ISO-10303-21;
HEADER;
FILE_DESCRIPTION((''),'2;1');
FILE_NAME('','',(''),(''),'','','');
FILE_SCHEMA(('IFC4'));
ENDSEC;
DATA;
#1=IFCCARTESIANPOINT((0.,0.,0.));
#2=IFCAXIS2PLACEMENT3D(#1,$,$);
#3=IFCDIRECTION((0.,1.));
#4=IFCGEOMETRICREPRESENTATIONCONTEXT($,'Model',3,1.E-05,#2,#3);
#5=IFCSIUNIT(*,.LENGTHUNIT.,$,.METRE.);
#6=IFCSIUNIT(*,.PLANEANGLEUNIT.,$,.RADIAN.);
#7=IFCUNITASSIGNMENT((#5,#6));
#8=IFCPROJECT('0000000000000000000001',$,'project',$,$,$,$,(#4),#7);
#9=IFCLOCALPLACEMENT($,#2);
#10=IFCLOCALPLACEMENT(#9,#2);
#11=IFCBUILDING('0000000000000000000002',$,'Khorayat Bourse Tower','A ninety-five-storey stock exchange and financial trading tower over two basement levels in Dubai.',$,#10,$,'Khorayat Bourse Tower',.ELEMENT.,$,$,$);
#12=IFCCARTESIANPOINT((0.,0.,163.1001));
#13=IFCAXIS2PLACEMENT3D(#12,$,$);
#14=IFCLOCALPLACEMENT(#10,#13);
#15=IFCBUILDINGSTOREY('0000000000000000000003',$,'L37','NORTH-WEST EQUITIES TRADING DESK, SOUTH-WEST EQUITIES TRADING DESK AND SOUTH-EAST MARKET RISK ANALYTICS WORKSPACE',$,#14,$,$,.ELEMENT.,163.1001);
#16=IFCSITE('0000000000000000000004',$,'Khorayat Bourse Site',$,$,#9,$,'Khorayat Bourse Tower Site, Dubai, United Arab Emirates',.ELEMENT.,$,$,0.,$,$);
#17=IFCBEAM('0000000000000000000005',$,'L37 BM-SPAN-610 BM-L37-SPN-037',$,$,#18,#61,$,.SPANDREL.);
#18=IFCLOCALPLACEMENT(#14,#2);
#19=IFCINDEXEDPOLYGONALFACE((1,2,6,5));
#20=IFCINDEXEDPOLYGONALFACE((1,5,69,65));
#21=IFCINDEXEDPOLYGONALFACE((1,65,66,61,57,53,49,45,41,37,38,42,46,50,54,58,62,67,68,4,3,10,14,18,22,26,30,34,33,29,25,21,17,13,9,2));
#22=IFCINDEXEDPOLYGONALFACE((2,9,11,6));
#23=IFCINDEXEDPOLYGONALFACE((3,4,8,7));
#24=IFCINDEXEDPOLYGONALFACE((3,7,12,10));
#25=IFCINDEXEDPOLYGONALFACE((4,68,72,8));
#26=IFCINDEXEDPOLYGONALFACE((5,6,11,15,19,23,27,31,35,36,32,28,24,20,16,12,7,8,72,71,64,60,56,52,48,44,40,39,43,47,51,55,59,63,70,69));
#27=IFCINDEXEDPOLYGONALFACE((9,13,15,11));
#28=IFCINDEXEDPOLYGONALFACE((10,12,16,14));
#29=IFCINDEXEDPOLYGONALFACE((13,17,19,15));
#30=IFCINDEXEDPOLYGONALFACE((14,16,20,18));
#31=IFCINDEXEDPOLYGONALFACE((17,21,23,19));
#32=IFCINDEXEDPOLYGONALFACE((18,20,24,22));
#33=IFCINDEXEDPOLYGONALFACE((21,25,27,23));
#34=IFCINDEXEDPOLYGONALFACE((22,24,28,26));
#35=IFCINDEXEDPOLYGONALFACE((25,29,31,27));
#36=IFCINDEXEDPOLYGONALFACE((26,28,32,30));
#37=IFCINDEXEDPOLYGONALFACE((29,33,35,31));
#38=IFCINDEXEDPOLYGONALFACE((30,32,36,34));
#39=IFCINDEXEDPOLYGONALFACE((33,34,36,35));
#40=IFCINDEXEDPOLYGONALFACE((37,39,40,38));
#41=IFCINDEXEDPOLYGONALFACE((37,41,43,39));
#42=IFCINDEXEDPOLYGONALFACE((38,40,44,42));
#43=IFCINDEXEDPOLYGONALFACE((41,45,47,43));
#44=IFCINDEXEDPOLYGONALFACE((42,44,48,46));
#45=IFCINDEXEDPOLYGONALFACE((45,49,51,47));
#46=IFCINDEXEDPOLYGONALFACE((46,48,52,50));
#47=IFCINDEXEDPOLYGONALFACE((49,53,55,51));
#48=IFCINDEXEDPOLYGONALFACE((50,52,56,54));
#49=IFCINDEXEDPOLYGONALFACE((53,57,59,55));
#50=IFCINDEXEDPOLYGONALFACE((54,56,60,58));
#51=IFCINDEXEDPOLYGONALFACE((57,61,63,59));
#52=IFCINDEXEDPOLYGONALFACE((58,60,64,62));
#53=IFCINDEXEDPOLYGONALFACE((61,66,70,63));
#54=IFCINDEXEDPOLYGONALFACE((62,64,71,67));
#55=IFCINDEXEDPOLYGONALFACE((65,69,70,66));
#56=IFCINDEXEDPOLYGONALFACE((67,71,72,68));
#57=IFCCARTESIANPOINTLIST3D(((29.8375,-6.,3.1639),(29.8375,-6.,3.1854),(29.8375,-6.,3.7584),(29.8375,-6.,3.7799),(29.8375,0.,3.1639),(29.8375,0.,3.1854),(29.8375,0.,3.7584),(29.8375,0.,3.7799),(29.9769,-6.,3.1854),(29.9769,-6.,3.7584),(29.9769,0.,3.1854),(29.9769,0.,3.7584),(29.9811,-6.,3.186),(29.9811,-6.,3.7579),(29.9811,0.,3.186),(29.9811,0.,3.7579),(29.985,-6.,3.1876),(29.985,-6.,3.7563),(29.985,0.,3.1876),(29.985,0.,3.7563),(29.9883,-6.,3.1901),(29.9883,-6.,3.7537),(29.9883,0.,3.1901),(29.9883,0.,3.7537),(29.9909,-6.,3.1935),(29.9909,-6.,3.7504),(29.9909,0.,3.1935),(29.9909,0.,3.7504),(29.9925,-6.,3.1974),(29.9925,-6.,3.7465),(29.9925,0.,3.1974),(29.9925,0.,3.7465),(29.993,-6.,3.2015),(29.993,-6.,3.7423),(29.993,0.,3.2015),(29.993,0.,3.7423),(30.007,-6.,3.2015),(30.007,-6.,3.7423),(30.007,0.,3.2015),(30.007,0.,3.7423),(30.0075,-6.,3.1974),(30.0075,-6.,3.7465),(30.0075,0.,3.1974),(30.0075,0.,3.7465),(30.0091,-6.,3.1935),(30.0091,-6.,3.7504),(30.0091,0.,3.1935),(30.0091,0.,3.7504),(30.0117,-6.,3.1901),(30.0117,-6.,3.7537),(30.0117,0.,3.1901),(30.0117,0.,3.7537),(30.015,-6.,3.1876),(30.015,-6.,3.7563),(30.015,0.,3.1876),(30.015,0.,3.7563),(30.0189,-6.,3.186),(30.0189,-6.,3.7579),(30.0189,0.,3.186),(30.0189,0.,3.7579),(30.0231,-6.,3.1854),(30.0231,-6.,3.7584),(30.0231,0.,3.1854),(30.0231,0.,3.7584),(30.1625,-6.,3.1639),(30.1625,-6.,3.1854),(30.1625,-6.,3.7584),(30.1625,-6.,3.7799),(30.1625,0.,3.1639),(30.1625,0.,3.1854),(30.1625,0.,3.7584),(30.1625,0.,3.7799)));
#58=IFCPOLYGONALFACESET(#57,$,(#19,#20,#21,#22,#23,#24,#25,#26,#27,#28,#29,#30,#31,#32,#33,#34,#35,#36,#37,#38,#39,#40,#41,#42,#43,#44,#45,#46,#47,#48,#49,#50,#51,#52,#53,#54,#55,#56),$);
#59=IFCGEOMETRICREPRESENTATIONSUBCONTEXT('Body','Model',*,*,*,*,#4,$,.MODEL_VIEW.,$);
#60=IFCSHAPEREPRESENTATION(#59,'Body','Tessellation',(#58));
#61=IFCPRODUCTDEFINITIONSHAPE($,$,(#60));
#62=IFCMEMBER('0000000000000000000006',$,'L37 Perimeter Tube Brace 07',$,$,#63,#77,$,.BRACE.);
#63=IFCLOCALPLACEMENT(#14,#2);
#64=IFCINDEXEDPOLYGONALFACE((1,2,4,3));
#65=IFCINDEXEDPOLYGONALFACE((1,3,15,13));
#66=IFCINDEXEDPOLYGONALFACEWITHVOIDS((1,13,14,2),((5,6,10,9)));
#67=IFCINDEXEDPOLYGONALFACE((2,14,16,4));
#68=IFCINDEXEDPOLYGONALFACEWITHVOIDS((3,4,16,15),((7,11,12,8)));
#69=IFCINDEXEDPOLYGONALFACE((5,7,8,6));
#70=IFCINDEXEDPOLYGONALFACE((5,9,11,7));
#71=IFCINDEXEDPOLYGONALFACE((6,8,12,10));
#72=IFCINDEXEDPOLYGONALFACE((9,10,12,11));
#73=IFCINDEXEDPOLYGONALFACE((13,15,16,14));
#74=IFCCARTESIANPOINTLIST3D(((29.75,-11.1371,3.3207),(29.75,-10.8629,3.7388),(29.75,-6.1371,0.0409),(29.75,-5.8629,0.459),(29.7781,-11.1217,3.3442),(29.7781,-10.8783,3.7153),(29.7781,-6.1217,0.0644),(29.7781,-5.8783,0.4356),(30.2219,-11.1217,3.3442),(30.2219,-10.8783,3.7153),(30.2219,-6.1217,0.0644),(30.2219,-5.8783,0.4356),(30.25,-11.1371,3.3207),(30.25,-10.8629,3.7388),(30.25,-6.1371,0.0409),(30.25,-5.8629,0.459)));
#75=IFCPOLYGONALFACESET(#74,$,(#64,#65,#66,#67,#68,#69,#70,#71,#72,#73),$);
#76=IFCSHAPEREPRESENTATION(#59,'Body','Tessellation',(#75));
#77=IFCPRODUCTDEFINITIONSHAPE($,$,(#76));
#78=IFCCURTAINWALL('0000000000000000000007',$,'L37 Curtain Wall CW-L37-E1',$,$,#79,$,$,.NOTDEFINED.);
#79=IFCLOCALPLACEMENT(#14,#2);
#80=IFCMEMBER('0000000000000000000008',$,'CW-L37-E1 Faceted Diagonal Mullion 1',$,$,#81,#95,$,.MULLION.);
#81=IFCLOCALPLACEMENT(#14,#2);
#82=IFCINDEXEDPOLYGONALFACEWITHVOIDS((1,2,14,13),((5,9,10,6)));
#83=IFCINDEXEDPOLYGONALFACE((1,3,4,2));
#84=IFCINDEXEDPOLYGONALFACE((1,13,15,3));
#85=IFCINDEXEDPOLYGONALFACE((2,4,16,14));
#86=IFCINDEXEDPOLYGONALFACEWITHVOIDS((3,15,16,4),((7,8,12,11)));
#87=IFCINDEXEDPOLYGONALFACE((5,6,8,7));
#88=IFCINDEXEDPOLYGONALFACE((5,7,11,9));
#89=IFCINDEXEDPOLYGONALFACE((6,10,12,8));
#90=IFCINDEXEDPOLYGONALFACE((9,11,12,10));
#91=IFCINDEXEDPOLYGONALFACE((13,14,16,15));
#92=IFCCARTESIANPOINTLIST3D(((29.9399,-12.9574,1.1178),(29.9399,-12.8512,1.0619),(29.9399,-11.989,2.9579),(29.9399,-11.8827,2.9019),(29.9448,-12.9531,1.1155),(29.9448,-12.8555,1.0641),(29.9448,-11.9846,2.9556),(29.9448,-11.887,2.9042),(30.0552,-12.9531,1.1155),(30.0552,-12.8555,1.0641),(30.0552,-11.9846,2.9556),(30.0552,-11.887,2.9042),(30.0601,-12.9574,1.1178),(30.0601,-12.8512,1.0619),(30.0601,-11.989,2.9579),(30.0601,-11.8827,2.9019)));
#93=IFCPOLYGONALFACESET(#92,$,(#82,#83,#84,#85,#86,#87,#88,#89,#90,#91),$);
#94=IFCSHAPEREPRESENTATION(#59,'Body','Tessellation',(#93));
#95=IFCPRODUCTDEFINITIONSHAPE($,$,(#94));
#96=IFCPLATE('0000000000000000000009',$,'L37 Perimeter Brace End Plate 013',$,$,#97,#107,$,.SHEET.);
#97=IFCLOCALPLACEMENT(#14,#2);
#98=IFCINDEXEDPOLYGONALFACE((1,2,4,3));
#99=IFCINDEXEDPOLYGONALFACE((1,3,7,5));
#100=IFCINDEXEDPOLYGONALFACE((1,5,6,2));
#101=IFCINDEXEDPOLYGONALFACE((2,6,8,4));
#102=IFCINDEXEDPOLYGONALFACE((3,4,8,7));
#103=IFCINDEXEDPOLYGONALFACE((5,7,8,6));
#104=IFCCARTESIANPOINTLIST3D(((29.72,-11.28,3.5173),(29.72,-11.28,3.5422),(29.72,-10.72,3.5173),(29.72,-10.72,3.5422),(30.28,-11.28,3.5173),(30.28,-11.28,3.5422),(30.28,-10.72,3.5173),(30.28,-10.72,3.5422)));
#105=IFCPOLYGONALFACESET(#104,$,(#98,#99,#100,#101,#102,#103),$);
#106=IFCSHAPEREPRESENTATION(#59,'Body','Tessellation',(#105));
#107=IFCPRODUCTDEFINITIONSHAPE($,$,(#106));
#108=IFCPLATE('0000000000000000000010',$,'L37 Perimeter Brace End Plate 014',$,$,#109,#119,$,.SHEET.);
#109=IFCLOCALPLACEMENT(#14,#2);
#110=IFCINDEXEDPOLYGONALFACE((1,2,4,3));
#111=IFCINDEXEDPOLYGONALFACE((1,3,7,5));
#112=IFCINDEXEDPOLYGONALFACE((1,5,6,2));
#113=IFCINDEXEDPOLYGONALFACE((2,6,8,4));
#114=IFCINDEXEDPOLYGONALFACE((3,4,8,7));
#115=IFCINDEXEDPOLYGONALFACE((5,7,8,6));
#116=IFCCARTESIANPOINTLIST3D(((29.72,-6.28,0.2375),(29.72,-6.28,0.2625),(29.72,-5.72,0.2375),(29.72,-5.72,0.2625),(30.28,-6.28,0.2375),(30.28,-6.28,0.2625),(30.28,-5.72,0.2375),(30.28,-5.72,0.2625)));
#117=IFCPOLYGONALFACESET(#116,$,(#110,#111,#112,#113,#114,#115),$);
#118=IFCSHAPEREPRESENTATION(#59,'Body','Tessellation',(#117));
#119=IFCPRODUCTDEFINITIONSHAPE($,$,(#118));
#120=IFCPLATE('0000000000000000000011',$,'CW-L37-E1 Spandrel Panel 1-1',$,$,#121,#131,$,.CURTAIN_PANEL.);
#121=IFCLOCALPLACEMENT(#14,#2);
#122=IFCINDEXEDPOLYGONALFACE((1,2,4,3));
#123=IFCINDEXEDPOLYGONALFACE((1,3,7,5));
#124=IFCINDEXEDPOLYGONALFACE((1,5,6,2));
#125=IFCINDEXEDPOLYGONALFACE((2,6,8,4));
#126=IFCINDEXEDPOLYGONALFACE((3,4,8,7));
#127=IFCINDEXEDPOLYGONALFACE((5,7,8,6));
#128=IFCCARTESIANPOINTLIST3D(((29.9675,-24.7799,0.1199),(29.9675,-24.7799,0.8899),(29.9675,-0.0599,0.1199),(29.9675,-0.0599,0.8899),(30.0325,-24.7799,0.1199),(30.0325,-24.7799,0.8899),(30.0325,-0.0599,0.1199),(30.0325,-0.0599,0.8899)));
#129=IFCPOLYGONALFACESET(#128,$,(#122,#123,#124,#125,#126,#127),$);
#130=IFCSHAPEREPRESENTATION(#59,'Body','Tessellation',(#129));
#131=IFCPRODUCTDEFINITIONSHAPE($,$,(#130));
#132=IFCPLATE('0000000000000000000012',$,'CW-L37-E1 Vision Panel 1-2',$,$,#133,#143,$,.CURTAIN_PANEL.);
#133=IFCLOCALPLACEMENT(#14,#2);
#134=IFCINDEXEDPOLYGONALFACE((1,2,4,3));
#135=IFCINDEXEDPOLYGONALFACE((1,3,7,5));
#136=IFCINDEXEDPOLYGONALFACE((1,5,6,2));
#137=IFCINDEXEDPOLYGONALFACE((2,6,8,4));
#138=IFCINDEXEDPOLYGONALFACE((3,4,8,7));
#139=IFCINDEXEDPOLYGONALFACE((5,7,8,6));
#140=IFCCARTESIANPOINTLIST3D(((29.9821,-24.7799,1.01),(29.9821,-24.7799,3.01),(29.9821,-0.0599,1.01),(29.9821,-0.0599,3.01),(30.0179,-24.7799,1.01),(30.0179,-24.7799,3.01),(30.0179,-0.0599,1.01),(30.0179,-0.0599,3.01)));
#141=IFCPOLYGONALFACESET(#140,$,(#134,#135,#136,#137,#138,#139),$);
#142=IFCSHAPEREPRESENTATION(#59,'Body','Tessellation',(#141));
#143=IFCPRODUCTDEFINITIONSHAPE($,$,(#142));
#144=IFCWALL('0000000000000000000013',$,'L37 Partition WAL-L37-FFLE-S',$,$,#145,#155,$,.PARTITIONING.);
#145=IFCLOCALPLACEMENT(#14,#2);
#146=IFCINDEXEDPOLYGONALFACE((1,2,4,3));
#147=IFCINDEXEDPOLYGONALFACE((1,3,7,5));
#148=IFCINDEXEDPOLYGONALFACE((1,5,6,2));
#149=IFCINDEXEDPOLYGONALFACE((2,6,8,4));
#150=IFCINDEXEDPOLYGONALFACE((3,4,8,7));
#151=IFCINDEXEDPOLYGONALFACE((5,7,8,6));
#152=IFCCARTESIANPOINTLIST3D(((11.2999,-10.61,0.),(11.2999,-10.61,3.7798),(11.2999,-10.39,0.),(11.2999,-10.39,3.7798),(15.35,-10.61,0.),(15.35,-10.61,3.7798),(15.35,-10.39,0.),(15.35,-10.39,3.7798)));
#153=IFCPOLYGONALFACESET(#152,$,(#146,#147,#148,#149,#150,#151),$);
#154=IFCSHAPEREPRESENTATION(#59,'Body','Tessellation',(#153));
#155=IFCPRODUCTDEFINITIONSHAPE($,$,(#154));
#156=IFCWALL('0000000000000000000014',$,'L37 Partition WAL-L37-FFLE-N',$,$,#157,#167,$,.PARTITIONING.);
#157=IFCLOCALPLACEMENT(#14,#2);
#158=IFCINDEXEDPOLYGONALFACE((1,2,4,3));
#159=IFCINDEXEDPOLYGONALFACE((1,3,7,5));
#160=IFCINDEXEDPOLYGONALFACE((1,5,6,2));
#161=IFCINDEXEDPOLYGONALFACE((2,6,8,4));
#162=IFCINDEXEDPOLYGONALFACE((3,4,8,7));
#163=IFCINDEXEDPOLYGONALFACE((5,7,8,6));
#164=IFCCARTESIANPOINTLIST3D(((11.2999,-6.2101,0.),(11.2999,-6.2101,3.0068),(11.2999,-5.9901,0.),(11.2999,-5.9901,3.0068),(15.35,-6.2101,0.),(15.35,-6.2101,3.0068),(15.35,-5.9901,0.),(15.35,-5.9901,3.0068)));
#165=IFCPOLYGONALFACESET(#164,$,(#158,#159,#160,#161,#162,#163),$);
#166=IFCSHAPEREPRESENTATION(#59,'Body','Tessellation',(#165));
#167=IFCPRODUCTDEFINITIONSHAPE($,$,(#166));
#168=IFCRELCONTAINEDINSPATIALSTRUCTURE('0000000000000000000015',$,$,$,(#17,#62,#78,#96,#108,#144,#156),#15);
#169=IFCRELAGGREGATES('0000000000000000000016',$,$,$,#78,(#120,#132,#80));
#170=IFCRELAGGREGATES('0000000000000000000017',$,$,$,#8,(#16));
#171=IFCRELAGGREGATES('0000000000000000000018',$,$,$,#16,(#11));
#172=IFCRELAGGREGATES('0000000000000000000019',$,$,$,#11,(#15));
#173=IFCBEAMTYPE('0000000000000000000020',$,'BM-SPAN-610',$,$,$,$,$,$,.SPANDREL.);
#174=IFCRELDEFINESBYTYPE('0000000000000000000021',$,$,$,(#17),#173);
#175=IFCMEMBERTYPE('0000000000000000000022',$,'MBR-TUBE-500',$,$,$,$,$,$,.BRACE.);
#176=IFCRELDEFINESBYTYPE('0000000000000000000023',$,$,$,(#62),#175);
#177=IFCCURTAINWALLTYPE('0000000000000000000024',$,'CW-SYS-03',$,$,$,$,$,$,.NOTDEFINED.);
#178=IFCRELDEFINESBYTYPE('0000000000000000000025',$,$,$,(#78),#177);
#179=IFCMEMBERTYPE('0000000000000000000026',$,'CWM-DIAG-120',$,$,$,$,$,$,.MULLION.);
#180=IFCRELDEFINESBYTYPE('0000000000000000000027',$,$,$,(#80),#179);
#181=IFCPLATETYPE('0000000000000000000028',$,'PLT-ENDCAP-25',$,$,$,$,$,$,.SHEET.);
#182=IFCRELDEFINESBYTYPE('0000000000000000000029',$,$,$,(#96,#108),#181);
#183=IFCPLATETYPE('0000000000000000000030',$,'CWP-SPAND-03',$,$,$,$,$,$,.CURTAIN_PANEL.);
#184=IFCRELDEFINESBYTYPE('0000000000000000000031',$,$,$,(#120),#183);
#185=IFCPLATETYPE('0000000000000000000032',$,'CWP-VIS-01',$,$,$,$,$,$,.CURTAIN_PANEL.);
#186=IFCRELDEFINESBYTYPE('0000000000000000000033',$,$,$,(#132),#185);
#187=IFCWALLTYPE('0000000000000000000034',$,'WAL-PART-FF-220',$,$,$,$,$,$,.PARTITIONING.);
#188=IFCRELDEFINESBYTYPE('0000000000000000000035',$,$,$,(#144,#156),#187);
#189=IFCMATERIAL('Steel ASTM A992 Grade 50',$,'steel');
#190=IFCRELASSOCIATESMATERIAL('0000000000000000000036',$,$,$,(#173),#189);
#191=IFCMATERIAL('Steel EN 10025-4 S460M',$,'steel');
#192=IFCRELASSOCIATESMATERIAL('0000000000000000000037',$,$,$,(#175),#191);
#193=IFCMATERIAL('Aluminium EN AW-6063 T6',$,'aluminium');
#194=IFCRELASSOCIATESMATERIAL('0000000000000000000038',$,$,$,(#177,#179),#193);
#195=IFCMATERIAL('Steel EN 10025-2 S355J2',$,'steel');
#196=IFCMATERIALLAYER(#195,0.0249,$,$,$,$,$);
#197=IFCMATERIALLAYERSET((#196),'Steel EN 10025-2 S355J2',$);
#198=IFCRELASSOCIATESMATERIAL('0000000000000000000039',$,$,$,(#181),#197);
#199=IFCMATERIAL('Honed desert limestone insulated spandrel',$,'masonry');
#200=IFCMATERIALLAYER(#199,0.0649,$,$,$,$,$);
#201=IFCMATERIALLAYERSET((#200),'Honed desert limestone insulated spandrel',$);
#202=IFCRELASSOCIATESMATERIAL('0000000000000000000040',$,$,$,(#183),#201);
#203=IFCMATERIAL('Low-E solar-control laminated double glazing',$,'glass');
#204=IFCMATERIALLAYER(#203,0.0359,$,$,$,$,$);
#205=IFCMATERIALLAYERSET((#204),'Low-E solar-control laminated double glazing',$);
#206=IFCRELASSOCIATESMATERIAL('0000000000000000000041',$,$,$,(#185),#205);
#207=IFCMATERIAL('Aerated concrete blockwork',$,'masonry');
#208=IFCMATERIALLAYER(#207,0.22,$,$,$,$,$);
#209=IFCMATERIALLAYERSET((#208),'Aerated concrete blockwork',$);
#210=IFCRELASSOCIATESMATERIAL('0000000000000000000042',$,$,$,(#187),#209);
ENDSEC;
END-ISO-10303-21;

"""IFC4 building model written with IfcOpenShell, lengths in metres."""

from ifc_helpers import new_model, si_unit, direction, frame, frame_2d, origin, origin_2d, place, context, subcontext, project, spatial, rectangle, hollow_rectangle, i_section, extrude, source, transform, mapped, material, layer, layer_set, material_profile, profile_set, type_object, element, aggregate, save


model = new_model("IFC4")

# Units and contexts
model_context = context("Model", 3, precision=1e-05, world=origin(), true_north=direction((0.0, 1.0)))
body_context = subcontext(model_context, "Body", "Model", "MODEL_VIEW")
ifc_project = project(units=[si_unit("LENGTHUNIT", "METRE"), si_unit("PLANEANGLEUNIT", "RADIAN")], contexts=[model_context])

# Site, building, storey
site_placement = place(None, origin())
site = spatial("IfcSite", under=ifc_project, at=site_placement, Name="Khorayat Bourse Site", LongName="Khorayat Bourse Tower Site, Dubai, United Arab Emirates", CompositionType="ELEMENT", RefElevation=0.0)
building_placement = place(site_placement, origin())
building = spatial("IfcBuilding", under=site, at=building_placement, Name="Khorayat Bourse Tower", Description="A ninety-five-storey stock exchange and financial trading tower over two basement levels in Dubai.", LongName="Khorayat Bourse Tower", CompositionType="ELEMENT")
storey_placement = place(building_placement, frame((0.0, 0.0, 163.1001)))
storey = spatial("IfcBuildingStorey", under=building, at=storey_placement, Name="L37", Description="NORTH-WEST EQUITIES TRADING DESK, SOUTH-WEST EQUITIES TRADING DESK AND SOUTH-EAST MARKET RISK ANALYTICS WORKSPACE", CompositionType="ELEMENT", Elevation=163.1001)

# Shared definitions
ifc_material_1 = material(Name="Steel EN 10025-4 S460M", Category="steel")

# Beam
ifc_material_2 = material(Name="Steel ASTM A992 Grade 50", Category="steel")
ifc_material_profile_1 = material_profile(ifc_material_2, i_section(OverallWidth=0.325, OverallDepth=0.616, WebThickness=0.0139, FlangeThickness=0.0215, FilletRadius=0.0161, at=origin_2d()), Name="W610X174")
ifc_profile_set_1 = profile_set([ifc_material_profile_1], Name="Steel ASTM A992 Grade 50")
beam_type_1 = type_object("IfcBeamType", Name="BM-SPAN-610", PredefinedType="SPANDREL", material=ifc_profile_set_1)
shared_shape_1 = source(origin(), body_context, "Body", "SweptSolid", [
    extrude(i_section(OverallWidth=0.325, OverallDepth=0.616, WebThickness=0.0139, FlangeThickness=0.0215, FilletRadius=0.0161, at=origin_2d()), origin(), (0.0, 0.0, 1.0), 6.0),
])
beam_1_placement = place(storey_placement, frame((30.0, -6.0, 3.4719), z_axis=(0.0, 1.0, 0.0), x_axis=(-1.0, 0.0, 0.0)))
element("IfcBeam", 1, at=beam_1_placement, inside=storey, type_object=beam_type_1, Name="L37 BM-SPAN-610 BM-L37-SPN-037", PredefinedType="SPANDREL", context=body_context, shape_type="MappedRepresentation", body=[
    mapped(shared_shape_1, transform((0.0, 0.0, 0.0), scale=1.0)),
])

# Member
ifc_material_profile_2 = material_profile(ifc_material_1, hollow_rectangle(XDim=0.5, YDim=0.5, WallThickness=0.0281, at=origin_2d()), Name="HSS 500x500x28")
ifc_profile_set_2 = profile_set([ifc_material_profile_2], Name="Steel EN 10025-4 S460M")
member_type_1 = type_object("IfcMemberType", Name="MBR-TUBE-500", PredefinedType="BRACE", material=ifc_profile_set_2)
shared_shape_2 = source(origin(), body_context, "Body", "SweptSolid", [
    extrude(hollow_rectangle(XDim=0.5, YDim=0.5, WallThickness=0.0281, at=origin_2d()), origin(), (0.0, 0.0, 1.0), 5.9797),
])
member_1_placement = place(storey_placement, frame((30.0, -11.0, 3.5298), z_axis=(0.0, 0.83616, -0.548485), x_axis=(-1.0, 0.0, 0.0)))
element("IfcMember", 2, at=member_1_placement, inside=storey, type_object=member_type_1, Name="L37 Perimeter Tube Brace 07", PredefinedType="BRACE", context=body_context, shape_type="MappedRepresentation", body=[
    mapped(shared_shape_2, transform((0.0, 0.0, 0.0), scale=1.0)),
])

# Curtain wall, member
ifc_material_3 = material(Name="Aluminium EN AW-6063 T6", Category="aluminium")
curtain_wall_type = type_object("IfcCurtainWallType", Name="CW-SYS-03", PredefinedType="NOTDEFINED", material=ifc_material_3)
curtain_wall_placement = place(storey_placement, origin())
curtain_wall = element("IfcCurtainWall", 3, at=curtain_wall_placement, inside=storey, type_object=curtain_wall_type, Name="L37 Curtain Wall CW-L37-E1", PredefinedType="NOTDEFINED")
ifc_material_profile_3 = material_profile(ifc_material_3, hollow_rectangle(XDim=0.1201, YDim=0.1201, WallThickness=0.0049, at=origin_2d()), Name="ALU 120x120x5")
ifc_profile_set_3 = profile_set([ifc_material_profile_3], Name="Aluminium EN AW-6063 T6")
member_type_2 = type_object("IfcMemberType", Name="CWM-DIAG-120", PredefinedType="MULLION", material=ifc_profile_set_3)
shared_shape_3 = source(origin(), body_context, "Body", "SweptSolid", [
    extrude(hollow_rectangle(XDim=0.1201, YDim=0.1201, WallThickness=0.0049, at=origin_2d()), origin(), (0.0, 0.0, 1.0), 2.0793),
])
member_2_placement = place(storey_placement, frame((30.0, -12.9043, 1.0898), z_axis=(0.0, 0.465761, 0.884911), x_axis=(-1.0, 0.0, 0.0)))
member_2 = element("IfcMember", 4, at=member_2_placement, type_object=member_type_2, Name="CW-L37-E1 Faceted Diagonal Mullion 1", PredefinedType="MULLION", context=body_context, shape_type="MappedRepresentation", body=[
    mapped(shared_shape_3, transform((0.0, 0.0, 0.0), scale=1.0)),
])

# Plates
ifc_material_4 = material(Name="Steel EN 10025-2 S355J2", Category="steel")
ifc_layer_1 = layer(ifc_material_4, 0.0249)
ifc_layer_set_1 = layer_set([ifc_layer_1], Name="Steel EN 10025-2 S355J2")
plate_type_1 = type_object("IfcPlateType", Name="PLT-ENDCAP-25", PredefinedType="SHEET", material=ifc_layer_set_1)
shared_shape_4 = source(origin(), body_context, "Body", "SweptSolid", [
    extrude(rectangle(XDim=0.5601, YDim=0.5601, at=origin_2d()), origin(), (0.0, 0.0, 1.0), 0.0249),
])
for number, where, z_axis, x_axis, name in (
    (5, (30.0, -11.0, 3.5173), (0.0, 0.0, 1.0), (1.0, 0.0, 0.0), "L37 Perimeter Brace End Plate 013"),
    (6, (30.0, -6.0, 0.2375), (0.0, 0.0, 1.0), (1.0, 0.0, 0.0), "L37 Perimeter Brace End Plate 014"),
):
    element("IfcPlate", number, at=place(storey_placement, frame(where, z_axis=z_axis, x_axis=x_axis)), inside=storey, type_object=plate_type_1, Name=name, PredefinedType="SHEET", context=body_context, shape_type="MappedRepresentation", body=[
        mapped(shared_shape_4, transform((0.0, 0.0, 0.0), scale=1.0)),
    ])

# Plates
ifc_material_5 = material(Name="Honed desert limestone insulated spandrel", Category="masonry")
ifc_layer_2 = layer(ifc_material_5, 0.0649)
ifc_layer_set_2 = layer_set([ifc_layer_2], Name="Honed desert limestone insulated spandrel")
plate_type_2 = type_object("IfcPlateType", Name="CWP-SPAND-03", PredefinedType="CURTAIN_PANEL", material=ifc_layer_set_2)
shared_shape_5 = source(origin(), body_context, "Body", "SweptSolid", [
    extrude(rectangle(XDim=24.72, YDim=0.0649, at=origin_2d()), origin(), (0.0, 0.0, 1.0), 0.77),
])
plate_1_placement = place(storey_placement, frame((30.0, -12.4199, 0.1199), z_axis=(0.0, 0.0, 1.0), x_axis=(0.0, 1.0, 0.0)))
plate_1 = element("IfcPlate", 7, at=plate_1_placement, type_object=plate_type_2, Name="CW-L37-E1 Spandrel Panel 1-1", PredefinedType="CURTAIN_PANEL", context=body_context, shape_type="MappedRepresentation", body=[
    mapped(shared_shape_5, transform((0.0, 0.0, 0.0), scale=1.0)),
])
ifc_material_6 = material(Name="Low-E solar-control laminated double glazing", Category="glass")
ifc_layer_3 = layer(ifc_material_6, 0.0359)
ifc_layer_set_3 = layer_set([ifc_layer_3], Name="Low-E solar-control laminated double glazing")
plate_type_3 = type_object("IfcPlateType", Name="CWP-VIS-01", PredefinedType="CURTAIN_PANEL", material=ifc_layer_set_3)
shared_shape_6 = source(origin(), body_context, "Body", "SweptSolid", [
    extrude(rectangle(XDim=24.72, YDim=0.0359, at=origin_2d()), origin(), (0.0, 0.0, 1.0), 2.0),
])
plate_2_placement = place(storey_placement, frame((30.0, -12.4199, 1.01), z_axis=(0.0, 0.0, 1.0), x_axis=(0.0, 1.0, 0.0)))
plate_2 = element("IfcPlate", 8, at=plate_2_placement, type_object=plate_type_3, Name="CW-L37-E1 Vision Panel 1-2", PredefinedType="CURTAIN_PANEL", context=body_context, shape_type="MappedRepresentation", body=[
    mapped(shared_shape_6, transform((0.0, 0.0, 0.0), scale=1.0)),
])
aggregate(curtain_wall, [plate_1, plate_2, member_2])

# Walls
ifc_material_7 = material(Name="Aerated concrete blockwork", Category="masonry")
ifc_layer_4 = layer(ifc_material_7, 0.22)
ifc_layer_set_4 = layer_set([ifc_layer_4], Name="Aerated concrete blockwork")
wall_type_1 = type_object("IfcWallType", Name="WAL-PART-FF-220", PredefinedType="PARTITIONING", material=ifc_layer_set_4)
shared_shape_7 = source(origin(), body_context, "Body", "SweptSolid", [
    extrude(rectangle(XDim=4.05, YDim=0.22, at=frame_2d((2.0249, 0.0))), origin(), (0.0, 0.0, 1.0), 3.7798),
])
wall_1_placement = place(storey_placement, frame((11.3, -10.5, 0.0), z_axis=(0.0, 0.0, 1.0), x_axis=(1.0, 0.0, 0.0)))
element("IfcWall", 9, at=wall_1_placement, inside=storey, type_object=wall_type_1, Name="L37 Partition WAL-L37-FFLE-S", PredefinedType="PARTITIONING", context=body_context, shape_type="MappedRepresentation", body=[
    mapped(shared_shape_7, transform((0.0, 0.0, 0.0), scale=1.0)),
])
shared_shape_8 = source(origin(), body_context, "Body", "SweptSolid", [
    extrude(rectangle(XDim=4.05, YDim=0.22, at=frame_2d((2.0249, 0.0))), origin(), (0.0, 0.0, 1.0), 3.0068),
])
wall_2_placement = place(storey_placement, frame((11.3, -6.1001, 0.0), z_axis=(0.0, 0.0, 1.0), x_axis=(1.0, 0.0, 0.0)))
element("IfcWall", 10, at=wall_2_placement, inside=storey, type_object=wall_type_1, Name="L37 Partition WAL-L37-FFLE-N", PredefinedType="PARTITIONING", context=body_context, shape_type="MappedRepresentation", body=[
    mapped(shared_shape_8, transform((0.0, 0.0, 0.0), scale=1.0)),
])

save(model, "model.ifc")
